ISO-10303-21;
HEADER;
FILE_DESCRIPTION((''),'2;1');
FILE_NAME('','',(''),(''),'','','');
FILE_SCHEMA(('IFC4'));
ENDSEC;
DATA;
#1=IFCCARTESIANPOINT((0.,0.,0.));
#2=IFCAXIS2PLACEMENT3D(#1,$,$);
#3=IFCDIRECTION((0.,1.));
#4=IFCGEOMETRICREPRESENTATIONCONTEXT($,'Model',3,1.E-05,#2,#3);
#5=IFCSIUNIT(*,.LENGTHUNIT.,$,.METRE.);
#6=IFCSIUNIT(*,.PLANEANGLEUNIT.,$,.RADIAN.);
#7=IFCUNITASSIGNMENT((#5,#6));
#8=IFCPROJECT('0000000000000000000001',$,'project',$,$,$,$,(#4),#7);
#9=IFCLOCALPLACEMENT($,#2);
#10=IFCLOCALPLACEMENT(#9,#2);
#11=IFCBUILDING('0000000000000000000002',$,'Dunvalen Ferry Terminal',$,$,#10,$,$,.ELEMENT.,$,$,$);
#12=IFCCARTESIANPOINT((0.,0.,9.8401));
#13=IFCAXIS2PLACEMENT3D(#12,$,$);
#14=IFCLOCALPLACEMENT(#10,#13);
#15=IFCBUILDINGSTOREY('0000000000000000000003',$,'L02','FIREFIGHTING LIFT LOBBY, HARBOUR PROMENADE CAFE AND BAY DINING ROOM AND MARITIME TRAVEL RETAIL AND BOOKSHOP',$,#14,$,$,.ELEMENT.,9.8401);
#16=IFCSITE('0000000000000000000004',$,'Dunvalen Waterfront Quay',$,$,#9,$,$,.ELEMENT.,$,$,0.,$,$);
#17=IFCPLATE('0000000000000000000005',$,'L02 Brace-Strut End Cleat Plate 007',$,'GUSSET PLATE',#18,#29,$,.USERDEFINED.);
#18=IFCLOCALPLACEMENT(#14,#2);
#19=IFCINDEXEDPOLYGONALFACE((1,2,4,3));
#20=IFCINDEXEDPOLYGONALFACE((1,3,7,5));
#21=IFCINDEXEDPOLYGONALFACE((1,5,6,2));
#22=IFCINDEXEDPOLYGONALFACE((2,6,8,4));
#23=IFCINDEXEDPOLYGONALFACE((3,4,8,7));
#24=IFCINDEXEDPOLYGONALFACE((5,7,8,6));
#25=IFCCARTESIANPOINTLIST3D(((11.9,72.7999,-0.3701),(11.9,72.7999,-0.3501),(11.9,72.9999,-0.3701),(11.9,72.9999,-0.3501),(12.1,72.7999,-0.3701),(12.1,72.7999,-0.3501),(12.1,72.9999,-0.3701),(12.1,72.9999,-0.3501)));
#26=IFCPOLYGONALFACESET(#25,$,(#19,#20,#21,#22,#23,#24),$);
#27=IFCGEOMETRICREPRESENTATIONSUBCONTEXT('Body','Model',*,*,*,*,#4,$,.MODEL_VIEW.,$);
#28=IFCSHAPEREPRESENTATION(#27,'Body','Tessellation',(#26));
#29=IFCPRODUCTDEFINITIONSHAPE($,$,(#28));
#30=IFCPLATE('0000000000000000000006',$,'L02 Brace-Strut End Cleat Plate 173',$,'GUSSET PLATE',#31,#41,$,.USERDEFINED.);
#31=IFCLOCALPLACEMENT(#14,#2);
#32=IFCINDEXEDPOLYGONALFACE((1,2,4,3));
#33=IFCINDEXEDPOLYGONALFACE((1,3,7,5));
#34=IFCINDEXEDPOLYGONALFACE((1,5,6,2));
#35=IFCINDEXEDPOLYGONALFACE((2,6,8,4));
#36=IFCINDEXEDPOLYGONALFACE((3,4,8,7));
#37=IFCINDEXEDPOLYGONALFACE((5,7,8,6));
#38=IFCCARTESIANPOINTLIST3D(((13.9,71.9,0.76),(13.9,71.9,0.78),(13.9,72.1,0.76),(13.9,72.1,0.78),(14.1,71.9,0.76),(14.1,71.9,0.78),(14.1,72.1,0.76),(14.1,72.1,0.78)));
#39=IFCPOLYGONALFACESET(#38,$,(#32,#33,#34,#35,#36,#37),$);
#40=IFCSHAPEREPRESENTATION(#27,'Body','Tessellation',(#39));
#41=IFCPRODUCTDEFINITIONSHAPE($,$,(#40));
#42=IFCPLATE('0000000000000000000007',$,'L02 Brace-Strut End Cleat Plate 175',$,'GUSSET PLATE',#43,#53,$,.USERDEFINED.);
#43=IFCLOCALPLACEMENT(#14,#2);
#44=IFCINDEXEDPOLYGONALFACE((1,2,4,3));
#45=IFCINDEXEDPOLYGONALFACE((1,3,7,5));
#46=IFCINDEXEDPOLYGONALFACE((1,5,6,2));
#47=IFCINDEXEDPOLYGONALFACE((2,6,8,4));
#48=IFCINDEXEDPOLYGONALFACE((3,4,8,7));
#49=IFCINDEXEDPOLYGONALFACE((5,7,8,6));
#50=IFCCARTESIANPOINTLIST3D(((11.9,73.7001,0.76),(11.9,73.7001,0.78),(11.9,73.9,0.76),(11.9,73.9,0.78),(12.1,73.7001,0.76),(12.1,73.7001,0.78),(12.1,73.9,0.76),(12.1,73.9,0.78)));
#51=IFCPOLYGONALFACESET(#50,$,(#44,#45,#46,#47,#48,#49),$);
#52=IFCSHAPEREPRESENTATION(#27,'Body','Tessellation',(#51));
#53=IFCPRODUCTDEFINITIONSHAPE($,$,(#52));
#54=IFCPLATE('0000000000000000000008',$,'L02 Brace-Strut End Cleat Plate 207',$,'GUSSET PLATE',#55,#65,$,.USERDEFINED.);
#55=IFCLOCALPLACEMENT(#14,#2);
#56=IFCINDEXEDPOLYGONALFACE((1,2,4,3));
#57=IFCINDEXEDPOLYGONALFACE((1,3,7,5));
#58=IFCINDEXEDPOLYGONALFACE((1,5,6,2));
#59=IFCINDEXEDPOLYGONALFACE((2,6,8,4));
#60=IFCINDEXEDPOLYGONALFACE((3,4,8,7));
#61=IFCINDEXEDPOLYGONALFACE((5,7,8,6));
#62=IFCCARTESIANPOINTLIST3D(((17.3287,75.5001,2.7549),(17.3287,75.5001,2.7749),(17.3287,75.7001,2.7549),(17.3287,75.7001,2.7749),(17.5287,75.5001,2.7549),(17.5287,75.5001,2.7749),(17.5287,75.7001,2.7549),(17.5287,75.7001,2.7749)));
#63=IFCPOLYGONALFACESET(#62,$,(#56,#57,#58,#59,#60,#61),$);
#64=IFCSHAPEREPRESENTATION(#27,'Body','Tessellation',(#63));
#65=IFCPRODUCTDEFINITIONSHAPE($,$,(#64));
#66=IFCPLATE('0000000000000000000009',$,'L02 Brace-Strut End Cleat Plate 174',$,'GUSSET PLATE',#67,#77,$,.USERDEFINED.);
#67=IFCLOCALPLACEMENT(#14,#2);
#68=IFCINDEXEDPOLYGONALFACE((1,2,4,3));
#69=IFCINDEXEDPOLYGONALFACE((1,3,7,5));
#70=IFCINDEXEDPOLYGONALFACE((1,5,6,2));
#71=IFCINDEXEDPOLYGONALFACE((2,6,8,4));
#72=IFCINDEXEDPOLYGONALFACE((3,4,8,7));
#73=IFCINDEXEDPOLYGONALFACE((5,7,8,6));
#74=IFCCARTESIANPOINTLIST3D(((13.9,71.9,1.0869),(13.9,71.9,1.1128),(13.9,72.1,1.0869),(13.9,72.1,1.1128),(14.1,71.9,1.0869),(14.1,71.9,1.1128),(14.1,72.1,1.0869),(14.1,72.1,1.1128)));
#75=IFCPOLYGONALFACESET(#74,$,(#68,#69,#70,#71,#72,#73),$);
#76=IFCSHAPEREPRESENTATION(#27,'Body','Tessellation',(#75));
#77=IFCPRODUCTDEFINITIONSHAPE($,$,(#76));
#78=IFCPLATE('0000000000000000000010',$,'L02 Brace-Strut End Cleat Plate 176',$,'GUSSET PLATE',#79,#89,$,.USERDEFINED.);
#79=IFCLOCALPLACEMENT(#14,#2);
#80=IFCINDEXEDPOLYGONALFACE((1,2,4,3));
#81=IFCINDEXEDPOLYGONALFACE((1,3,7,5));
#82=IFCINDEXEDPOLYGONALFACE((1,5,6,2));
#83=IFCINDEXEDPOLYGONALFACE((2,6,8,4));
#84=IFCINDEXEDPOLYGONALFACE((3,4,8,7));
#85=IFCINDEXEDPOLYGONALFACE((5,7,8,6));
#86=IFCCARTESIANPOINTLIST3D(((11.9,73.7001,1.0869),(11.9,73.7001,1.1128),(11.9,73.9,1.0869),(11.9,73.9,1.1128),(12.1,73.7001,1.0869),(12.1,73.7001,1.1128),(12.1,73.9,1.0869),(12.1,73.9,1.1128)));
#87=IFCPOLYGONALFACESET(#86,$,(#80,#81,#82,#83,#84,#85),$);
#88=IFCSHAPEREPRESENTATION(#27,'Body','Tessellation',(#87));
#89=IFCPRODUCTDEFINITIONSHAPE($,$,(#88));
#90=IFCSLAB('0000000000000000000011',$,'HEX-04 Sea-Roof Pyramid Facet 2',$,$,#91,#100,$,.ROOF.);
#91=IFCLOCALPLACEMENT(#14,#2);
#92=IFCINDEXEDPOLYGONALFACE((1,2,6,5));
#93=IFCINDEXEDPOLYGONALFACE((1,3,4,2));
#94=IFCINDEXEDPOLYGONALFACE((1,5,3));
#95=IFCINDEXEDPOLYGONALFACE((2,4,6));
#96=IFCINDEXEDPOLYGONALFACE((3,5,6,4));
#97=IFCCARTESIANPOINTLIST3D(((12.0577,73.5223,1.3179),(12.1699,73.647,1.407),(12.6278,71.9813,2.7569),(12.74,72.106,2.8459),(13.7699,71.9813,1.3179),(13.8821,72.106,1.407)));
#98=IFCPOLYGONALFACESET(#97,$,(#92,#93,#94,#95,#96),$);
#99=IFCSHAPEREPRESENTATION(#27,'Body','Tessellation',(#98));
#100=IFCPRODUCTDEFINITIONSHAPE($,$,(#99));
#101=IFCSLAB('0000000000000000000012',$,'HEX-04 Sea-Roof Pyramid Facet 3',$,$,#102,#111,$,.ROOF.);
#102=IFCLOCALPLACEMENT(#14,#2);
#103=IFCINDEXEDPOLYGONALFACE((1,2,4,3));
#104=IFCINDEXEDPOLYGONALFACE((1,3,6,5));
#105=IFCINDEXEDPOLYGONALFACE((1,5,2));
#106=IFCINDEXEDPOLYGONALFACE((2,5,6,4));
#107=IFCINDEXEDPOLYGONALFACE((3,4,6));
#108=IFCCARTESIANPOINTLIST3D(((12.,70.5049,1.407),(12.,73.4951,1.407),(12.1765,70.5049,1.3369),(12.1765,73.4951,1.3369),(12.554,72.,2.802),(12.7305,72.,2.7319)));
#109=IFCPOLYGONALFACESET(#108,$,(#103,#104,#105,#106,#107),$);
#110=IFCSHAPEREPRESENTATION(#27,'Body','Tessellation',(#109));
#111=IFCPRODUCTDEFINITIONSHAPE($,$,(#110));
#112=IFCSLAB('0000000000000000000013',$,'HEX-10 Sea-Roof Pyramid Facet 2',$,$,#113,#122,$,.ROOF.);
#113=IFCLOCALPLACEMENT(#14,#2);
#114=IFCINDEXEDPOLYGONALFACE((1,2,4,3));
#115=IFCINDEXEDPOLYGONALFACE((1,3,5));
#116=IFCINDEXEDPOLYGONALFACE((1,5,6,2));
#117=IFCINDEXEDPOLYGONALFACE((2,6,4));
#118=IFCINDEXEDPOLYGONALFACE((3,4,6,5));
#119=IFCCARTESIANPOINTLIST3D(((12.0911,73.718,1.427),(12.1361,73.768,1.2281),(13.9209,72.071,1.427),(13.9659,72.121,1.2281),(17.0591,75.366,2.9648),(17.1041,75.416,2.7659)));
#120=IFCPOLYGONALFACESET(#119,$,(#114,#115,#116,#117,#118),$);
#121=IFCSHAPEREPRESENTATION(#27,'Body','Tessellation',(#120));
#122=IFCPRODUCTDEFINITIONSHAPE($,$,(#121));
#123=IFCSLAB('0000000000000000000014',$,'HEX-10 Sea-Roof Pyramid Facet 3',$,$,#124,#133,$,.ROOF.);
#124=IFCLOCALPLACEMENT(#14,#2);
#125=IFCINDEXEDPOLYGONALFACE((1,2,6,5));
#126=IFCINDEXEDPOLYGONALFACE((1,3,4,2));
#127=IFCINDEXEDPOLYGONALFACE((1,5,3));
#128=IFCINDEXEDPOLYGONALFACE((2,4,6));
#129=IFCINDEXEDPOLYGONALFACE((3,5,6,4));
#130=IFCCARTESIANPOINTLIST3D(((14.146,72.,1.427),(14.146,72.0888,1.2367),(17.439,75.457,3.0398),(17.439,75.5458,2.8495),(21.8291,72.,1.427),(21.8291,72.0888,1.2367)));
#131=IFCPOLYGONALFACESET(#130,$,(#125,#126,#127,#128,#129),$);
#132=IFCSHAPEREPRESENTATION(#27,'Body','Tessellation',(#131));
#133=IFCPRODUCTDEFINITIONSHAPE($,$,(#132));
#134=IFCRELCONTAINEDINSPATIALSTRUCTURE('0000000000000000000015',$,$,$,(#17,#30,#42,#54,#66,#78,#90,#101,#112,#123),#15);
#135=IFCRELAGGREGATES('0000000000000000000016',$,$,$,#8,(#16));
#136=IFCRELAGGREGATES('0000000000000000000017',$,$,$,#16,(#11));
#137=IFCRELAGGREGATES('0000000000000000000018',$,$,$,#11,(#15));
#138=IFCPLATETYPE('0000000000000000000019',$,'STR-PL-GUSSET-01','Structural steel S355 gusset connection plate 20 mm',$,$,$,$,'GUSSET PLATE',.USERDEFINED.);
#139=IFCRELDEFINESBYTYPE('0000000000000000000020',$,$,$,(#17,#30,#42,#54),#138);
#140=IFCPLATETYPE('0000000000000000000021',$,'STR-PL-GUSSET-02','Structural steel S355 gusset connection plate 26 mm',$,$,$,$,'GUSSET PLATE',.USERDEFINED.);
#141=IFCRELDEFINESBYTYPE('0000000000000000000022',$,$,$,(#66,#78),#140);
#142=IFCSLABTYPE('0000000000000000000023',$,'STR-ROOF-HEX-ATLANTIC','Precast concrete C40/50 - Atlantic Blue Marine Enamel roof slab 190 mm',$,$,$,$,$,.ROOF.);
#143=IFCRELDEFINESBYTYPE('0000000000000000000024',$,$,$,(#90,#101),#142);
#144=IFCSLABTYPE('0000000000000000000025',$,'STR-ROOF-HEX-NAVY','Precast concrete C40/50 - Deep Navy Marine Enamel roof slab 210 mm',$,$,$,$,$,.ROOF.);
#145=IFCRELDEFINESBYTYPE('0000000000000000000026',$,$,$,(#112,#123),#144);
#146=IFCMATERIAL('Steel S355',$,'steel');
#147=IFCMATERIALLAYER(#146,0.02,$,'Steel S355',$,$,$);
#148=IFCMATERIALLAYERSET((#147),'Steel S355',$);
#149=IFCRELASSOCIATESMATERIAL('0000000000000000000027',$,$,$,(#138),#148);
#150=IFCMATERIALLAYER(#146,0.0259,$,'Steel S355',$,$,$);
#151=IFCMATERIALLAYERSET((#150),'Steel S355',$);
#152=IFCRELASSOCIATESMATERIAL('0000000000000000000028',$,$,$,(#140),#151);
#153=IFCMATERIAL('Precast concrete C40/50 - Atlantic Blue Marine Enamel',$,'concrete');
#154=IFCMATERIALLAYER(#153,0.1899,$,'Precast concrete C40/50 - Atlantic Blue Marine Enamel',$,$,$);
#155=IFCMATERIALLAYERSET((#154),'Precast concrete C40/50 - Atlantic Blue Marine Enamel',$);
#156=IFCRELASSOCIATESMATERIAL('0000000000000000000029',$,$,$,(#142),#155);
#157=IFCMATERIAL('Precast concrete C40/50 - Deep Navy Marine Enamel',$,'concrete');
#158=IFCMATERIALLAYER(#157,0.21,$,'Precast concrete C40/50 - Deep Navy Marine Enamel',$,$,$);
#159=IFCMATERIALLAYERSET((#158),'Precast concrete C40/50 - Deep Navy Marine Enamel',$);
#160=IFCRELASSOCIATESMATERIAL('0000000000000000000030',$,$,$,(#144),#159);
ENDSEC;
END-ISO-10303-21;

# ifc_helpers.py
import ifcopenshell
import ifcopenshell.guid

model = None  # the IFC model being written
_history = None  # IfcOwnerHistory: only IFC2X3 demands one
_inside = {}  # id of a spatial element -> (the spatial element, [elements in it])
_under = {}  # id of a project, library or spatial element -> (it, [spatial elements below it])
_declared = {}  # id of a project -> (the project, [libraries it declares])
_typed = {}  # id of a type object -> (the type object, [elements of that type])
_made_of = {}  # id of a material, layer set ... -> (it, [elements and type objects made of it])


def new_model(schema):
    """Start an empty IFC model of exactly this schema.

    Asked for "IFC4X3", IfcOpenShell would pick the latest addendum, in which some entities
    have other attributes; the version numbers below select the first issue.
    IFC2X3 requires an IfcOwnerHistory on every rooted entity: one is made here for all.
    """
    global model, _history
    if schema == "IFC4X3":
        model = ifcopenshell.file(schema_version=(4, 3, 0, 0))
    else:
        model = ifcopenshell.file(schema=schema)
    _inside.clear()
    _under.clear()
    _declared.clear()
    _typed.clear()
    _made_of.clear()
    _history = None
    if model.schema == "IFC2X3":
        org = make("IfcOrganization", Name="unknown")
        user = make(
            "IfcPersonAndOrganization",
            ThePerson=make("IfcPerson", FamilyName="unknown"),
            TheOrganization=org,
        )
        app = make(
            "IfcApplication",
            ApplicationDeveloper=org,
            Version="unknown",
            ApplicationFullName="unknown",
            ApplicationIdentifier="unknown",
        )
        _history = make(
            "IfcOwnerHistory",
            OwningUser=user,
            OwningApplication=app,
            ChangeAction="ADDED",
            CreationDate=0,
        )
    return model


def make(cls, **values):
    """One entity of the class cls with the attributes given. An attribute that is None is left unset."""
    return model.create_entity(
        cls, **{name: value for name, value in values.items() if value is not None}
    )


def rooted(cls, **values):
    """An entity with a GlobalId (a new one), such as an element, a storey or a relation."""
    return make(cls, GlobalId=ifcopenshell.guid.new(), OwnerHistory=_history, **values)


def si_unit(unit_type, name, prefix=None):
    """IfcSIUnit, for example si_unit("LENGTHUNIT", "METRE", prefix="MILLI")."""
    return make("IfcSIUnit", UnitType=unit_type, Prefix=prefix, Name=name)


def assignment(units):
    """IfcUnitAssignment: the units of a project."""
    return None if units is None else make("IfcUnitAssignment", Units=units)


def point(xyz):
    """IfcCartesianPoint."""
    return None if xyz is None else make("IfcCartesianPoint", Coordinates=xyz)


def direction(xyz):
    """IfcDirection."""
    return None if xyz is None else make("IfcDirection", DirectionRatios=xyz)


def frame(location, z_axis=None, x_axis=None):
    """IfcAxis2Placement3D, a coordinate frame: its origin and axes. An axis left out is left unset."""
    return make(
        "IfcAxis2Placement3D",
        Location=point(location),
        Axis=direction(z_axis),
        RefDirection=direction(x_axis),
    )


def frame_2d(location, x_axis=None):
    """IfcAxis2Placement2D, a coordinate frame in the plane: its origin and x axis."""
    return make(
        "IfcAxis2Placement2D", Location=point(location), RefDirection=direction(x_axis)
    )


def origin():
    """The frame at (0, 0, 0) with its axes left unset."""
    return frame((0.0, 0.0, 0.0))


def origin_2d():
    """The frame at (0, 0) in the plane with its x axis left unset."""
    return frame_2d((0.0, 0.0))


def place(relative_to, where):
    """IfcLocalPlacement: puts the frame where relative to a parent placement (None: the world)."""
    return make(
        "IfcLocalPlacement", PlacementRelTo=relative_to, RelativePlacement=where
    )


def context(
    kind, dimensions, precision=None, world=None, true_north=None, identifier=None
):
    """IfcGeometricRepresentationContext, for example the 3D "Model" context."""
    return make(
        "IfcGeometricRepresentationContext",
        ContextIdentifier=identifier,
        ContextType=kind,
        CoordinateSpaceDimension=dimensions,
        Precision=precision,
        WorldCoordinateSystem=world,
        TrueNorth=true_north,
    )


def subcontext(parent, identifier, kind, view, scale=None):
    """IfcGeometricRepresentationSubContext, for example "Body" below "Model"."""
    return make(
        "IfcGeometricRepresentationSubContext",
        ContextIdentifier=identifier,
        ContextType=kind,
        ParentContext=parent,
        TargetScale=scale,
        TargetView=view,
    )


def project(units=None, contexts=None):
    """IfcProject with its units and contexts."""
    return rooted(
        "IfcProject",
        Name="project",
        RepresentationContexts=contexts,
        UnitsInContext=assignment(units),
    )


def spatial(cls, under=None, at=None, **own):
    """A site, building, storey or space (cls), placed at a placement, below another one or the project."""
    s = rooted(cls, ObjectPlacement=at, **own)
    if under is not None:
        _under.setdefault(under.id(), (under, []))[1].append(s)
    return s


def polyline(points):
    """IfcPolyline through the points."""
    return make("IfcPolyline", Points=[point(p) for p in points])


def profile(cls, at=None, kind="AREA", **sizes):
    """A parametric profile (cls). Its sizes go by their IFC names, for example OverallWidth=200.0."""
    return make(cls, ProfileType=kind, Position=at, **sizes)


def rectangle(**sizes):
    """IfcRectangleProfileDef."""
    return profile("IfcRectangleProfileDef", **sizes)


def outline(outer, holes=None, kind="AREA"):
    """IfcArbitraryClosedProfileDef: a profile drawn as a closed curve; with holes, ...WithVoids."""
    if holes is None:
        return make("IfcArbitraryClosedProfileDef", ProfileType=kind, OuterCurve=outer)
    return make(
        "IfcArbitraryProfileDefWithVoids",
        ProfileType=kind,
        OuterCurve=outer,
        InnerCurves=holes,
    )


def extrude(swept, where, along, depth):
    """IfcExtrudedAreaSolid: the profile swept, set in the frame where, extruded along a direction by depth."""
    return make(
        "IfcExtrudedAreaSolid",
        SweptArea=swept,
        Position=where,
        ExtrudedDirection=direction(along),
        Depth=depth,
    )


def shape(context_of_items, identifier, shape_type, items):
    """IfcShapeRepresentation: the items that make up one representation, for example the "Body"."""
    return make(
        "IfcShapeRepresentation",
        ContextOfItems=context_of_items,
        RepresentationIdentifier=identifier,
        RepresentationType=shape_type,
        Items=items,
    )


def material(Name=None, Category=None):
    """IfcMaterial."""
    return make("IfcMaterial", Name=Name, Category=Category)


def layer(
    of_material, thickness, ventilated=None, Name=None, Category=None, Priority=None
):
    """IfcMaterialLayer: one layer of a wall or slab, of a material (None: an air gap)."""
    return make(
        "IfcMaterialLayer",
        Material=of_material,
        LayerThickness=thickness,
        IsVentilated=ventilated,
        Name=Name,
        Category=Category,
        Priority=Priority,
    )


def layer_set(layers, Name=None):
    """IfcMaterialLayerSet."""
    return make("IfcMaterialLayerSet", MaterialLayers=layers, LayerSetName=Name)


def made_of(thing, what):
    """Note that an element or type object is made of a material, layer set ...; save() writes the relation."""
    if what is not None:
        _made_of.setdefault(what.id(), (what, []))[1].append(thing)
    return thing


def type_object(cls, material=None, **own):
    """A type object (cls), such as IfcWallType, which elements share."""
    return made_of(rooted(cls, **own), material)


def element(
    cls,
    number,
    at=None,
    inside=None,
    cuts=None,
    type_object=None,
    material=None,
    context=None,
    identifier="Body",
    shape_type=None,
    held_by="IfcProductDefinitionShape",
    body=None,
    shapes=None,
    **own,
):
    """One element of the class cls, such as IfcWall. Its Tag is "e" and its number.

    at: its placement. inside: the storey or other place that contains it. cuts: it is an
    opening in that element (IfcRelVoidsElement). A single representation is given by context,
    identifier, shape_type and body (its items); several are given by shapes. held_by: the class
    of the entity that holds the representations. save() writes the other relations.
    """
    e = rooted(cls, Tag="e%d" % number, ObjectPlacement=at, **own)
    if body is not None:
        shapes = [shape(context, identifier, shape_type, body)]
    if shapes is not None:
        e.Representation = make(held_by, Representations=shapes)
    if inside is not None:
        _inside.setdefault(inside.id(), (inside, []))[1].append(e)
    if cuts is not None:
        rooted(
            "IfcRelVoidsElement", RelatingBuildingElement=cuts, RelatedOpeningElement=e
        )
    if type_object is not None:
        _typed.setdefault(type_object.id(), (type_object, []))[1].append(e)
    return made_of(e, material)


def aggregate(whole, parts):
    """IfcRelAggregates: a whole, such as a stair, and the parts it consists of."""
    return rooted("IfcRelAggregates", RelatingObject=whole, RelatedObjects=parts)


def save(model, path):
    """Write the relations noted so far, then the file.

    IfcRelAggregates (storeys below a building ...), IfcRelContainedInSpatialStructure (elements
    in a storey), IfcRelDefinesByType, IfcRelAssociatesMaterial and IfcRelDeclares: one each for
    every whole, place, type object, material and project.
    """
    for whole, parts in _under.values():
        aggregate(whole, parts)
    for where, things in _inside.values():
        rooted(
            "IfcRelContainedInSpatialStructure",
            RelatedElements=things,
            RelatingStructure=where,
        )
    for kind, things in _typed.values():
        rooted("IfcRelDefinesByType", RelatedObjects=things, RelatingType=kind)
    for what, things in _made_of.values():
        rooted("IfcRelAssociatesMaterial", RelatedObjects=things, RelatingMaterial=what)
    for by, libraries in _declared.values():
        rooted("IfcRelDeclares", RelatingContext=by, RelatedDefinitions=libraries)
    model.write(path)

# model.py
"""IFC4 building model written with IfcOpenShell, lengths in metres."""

from ifc_helpers import new_model, si_unit, direction, frame, origin, origin_2d, place, context, subcontext, project, spatial, polyline, rectangle, outline, extrude, material, layer, layer_set, type_object, element, save


model = new_model("IFC4")

# Units and contexts
model_context = context("Model", 3, precision=1e-05, world=origin(), true_north=direction((0.0, 1.0)))
body_context = subcontext(model_context, "Body", "Model", "MODEL_VIEW")
ifc_project = project(units=[si_unit("LENGTHUNIT", "METRE"), si_unit("PLANEANGLEUNIT", "RADIAN")], contexts=[model_context])

# Site, building, storey
site_placement = place(None, origin())
site = spatial("IfcSite", under=ifc_project, at=site_placement, Name="Dunvalen Waterfront Quay", CompositionType="ELEMENT", RefElevation=0.0)
building_placement = place(site_placement, origin())
building = spatial("IfcBuilding", under=site, at=building_placement, Name="Dunvalen Ferry Terminal", CompositionType="ELEMENT")
storey_placement = place(building_placement, frame((0.0, 0.0, 9.8401)))
storey = spatial("IfcBuildingStorey", under=building, at=storey_placement, Name="L02", Description="FIREFIGHTING LIFT LOBBY, HARBOUR PROMENADE CAFE AND BAY DINING ROOM AND MARITIME TRAVEL RETAIL AND BOOKSHOP", CompositionType="ELEMENT", Elevation=9.8401)

# Shared definitions
ifc_material_1 = material(Name="Steel S355", Category="steel")

# Plates
ifc_layer_1 = layer(ifc_material_1, 0.02, Name="Steel S355")
ifc_layer_set_1 = layer_set([ifc_layer_1], Name="Steel S355")
plate_type_1 = type_object("IfcPlateType", Name="STR-PL-GUSSET-01", Description="Structural steel S355 gusset connection plate 20 mm", ElementType="GUSSET PLATE", PredefinedType="USERDEFINED", material=ifc_layer_set_1)
for number, where, z_axis, x_axis, name in (
    (1, (12.0, 72.8999, -0.3701), (0.0, 0.0, 1.0), (1.0, 0.0, 0.0), "L02 Brace-Strut End Cleat Plate 007"),
    (2, (14.0, 72.0, 0.76), (0.0, 0.0, 1.0), (1.0, 0.0, 0.0), "L02 Brace-Strut End Cleat Plate 173"),
    (3, (12.0, 73.8, 0.76), (0.0, 0.0, 1.0), (1.0, 0.0, 0.0), "L02 Brace-Strut End Cleat Plate 175"),
    (4, (17.4287, 75.6001, 2.7549), (0.0, 0.0, 1.0), (1.0, 0.0, 0.0), "L02 Brace-Strut End Cleat Plate 207"),
):
    element("IfcPlate", number, at=place(storey_placement, frame(where, z_axis=z_axis, x_axis=x_axis)), inside=storey, type_object=plate_type_1, Name=name, ObjectType="GUSSET PLATE", PredefinedType="USERDEFINED", context=body_context, shape_type="SweptSolid", body=[
        extrude(rectangle(XDim=0.2, YDim=0.2, at=origin_2d()), origin(), (0.0, 0.0, 1.0), 0.02),
    ])
ifc_layer_2 = layer(ifc_material_1, 0.0259, Name="Steel S355")
ifc_layer_set_2 = layer_set([ifc_layer_2], Name="Steel S355")
plate_type_2 = type_object("IfcPlateType", Name="STR-PL-GUSSET-02", Description="Structural steel S355 gusset connection plate 26 mm", ElementType="GUSSET PLATE", PredefinedType="USERDEFINED", material=ifc_layer_set_2)
for number, where, z_axis, x_axis, name in (
    (5, (14.0, 72.0, 1.0869), (0.0, 0.0, 1.0), (1.0, 0.0, 0.0), "L02 Brace-Strut End Cleat Plate 174"),
    (6, (12.0, 73.8, 1.0869), (0.0, 0.0, 1.0), (1.0, 0.0, 0.0), "L02 Brace-Strut End Cleat Plate 176"),
):
    element("IfcPlate", number, at=place(storey_placement, frame(where, z_axis=z_axis, x_axis=x_axis)), inside=storey, type_object=plate_type_2, Name=name, ObjectType="GUSSET PLATE", PredefinedType="USERDEFINED", context=body_context, shape_type="SweptSolid", body=[
        extrude(rectangle(XDim=0.2, YDim=0.2, at=origin_2d()), origin(), (0.0, 0.0, 1.0), 0.0259),
    ])

# Slabs
ifc_material_2 = material(Name="Precast concrete C40/50 - Atlantic Blue Marine Enamel", Category="concrete")
ifc_layer_3 = layer(ifc_material_2, 0.1899, Name="Precast concrete C40/50 - Atlantic Blue Marine Enamel")
ifc_layer_set_3 = layer_set([ifc_layer_3], Name="Precast concrete C40/50 - Atlantic Blue Marine Enamel")
slab_type_1 = type_object("IfcSlabType", Name="STR-ROOF-HEX-ATLANTIC", Description="Precast concrete C40/50 - Atlantic Blue Marine Enamel roof slab 190 mm", PredefinedType="ROOF", material=ifc_layer_set_3)
slab_1_placement = place(storey_placement, frame((13.8821, 72.106, 1.407), z_axis=(0.590859, 0.656479, 0.468958), x_axis=(-0.743278, 0.668982, 0.0)))
element("IfcSlab", 7, at=slab_1_placement, inside=storey, type_object=slab_type_1, Name="HEX-04 Sea-Roof Pyramid Facet 2", PredefinedType="ROOF", context=body_context, shape_type="SweptSolid", body=[
    extrude(outline(polyline([(0.0, 0.0), (2.3035, 0.0), (0.8489, 1.6292), (0.0, 0.0)])), origin(), (0.0, 0.0, -1.0), 0.1899),
])
slab_2_placement = place(storey_placement, frame((12.0, 73.4951, 1.407), z_axis=(-0.929405, 0.0, 0.369062), x_axis=(0.0, -1.0, 0.0)))
element("IfcSlab", 8, at=slab_2_placement, inside=storey, type_object=slab_type_1, Name="HEX-04 Sea-Roof Pyramid Facet 3", PredefinedType="ROOF", context=body_context, shape_type="SweptSolid", body=[
    extrude(outline(polyline([(0.0, 0.0), (2.9902, 0.0), (1.4951, 1.501), (0.0, 0.0)])), origin(), (0.0, 0.0, -1.0), 0.1899),
])
ifc_material_3 = material(Name="Precast concrete C40/50 - Deep Navy Marine Enamel", Category="concrete")
ifc_layer_4 = layer(ifc_material_3, 0.21, Name="Precast concrete C40/50 - Deep Navy Marine Enamel")
ifc_layer_set_4 = layer_set([ifc_layer_4], Name="Precast concrete C40/50 - Deep Navy Marine Enamel")
slab_type_2 = type_object("IfcSlabType", Name="STR-ROOF-HEX-NAVY", Description="Precast concrete C40/50 - Deep Navy Marine Enamel roof slab 210 mm", PredefinedType="ROOF", material=ifc_layer_set_4)
slab_3_placement = place(storey_placement, frame((12.0911, 73.718, 1.427), z_axis=(-0.214273, -0.238063, 0.947319), x_axis=(0.743269, -0.668992, 0.0)))
element("IfcSlab", 9, at=slab_3_placement, inside=storey, type_object=slab_type_2, Name="HEX-10 Sea-Roof Pyramid Facet 2", PredefinedType="ROOF", context=body_context, shape_type="SweptSolid", body=[
    extrude(outline(polyline([(0.0, 0.0), (2.4619, 0.0), (2.5901, 4.8014), (0.0, 0.0)])), origin(), (0.0, 0.0, -1.0), 0.21),
])
slab_4_placement = place(storey_placement, frame((14.146, 72.0, 1.427), z_axis=(0.0, -0.42278, 0.906232), x_axis=(1.0, 0.0, 0.0)))
element("IfcSlab", 10, at=slab_4_placement, inside=storey, type_object=slab_type_2, Name="HEX-10 Sea-Roof Pyramid Facet 3", PredefinedType="ROOF", context=body_context, shape_type="SweptSolid", body=[
    extrude(outline(polyline([(0.0, 0.0), (7.6831, 0.0), (3.293, 3.8147), (0.0, 0.0)])), origin(), (0.0, 0.0, -1.0), 0.21),
])

save(model, "model.ifc")
